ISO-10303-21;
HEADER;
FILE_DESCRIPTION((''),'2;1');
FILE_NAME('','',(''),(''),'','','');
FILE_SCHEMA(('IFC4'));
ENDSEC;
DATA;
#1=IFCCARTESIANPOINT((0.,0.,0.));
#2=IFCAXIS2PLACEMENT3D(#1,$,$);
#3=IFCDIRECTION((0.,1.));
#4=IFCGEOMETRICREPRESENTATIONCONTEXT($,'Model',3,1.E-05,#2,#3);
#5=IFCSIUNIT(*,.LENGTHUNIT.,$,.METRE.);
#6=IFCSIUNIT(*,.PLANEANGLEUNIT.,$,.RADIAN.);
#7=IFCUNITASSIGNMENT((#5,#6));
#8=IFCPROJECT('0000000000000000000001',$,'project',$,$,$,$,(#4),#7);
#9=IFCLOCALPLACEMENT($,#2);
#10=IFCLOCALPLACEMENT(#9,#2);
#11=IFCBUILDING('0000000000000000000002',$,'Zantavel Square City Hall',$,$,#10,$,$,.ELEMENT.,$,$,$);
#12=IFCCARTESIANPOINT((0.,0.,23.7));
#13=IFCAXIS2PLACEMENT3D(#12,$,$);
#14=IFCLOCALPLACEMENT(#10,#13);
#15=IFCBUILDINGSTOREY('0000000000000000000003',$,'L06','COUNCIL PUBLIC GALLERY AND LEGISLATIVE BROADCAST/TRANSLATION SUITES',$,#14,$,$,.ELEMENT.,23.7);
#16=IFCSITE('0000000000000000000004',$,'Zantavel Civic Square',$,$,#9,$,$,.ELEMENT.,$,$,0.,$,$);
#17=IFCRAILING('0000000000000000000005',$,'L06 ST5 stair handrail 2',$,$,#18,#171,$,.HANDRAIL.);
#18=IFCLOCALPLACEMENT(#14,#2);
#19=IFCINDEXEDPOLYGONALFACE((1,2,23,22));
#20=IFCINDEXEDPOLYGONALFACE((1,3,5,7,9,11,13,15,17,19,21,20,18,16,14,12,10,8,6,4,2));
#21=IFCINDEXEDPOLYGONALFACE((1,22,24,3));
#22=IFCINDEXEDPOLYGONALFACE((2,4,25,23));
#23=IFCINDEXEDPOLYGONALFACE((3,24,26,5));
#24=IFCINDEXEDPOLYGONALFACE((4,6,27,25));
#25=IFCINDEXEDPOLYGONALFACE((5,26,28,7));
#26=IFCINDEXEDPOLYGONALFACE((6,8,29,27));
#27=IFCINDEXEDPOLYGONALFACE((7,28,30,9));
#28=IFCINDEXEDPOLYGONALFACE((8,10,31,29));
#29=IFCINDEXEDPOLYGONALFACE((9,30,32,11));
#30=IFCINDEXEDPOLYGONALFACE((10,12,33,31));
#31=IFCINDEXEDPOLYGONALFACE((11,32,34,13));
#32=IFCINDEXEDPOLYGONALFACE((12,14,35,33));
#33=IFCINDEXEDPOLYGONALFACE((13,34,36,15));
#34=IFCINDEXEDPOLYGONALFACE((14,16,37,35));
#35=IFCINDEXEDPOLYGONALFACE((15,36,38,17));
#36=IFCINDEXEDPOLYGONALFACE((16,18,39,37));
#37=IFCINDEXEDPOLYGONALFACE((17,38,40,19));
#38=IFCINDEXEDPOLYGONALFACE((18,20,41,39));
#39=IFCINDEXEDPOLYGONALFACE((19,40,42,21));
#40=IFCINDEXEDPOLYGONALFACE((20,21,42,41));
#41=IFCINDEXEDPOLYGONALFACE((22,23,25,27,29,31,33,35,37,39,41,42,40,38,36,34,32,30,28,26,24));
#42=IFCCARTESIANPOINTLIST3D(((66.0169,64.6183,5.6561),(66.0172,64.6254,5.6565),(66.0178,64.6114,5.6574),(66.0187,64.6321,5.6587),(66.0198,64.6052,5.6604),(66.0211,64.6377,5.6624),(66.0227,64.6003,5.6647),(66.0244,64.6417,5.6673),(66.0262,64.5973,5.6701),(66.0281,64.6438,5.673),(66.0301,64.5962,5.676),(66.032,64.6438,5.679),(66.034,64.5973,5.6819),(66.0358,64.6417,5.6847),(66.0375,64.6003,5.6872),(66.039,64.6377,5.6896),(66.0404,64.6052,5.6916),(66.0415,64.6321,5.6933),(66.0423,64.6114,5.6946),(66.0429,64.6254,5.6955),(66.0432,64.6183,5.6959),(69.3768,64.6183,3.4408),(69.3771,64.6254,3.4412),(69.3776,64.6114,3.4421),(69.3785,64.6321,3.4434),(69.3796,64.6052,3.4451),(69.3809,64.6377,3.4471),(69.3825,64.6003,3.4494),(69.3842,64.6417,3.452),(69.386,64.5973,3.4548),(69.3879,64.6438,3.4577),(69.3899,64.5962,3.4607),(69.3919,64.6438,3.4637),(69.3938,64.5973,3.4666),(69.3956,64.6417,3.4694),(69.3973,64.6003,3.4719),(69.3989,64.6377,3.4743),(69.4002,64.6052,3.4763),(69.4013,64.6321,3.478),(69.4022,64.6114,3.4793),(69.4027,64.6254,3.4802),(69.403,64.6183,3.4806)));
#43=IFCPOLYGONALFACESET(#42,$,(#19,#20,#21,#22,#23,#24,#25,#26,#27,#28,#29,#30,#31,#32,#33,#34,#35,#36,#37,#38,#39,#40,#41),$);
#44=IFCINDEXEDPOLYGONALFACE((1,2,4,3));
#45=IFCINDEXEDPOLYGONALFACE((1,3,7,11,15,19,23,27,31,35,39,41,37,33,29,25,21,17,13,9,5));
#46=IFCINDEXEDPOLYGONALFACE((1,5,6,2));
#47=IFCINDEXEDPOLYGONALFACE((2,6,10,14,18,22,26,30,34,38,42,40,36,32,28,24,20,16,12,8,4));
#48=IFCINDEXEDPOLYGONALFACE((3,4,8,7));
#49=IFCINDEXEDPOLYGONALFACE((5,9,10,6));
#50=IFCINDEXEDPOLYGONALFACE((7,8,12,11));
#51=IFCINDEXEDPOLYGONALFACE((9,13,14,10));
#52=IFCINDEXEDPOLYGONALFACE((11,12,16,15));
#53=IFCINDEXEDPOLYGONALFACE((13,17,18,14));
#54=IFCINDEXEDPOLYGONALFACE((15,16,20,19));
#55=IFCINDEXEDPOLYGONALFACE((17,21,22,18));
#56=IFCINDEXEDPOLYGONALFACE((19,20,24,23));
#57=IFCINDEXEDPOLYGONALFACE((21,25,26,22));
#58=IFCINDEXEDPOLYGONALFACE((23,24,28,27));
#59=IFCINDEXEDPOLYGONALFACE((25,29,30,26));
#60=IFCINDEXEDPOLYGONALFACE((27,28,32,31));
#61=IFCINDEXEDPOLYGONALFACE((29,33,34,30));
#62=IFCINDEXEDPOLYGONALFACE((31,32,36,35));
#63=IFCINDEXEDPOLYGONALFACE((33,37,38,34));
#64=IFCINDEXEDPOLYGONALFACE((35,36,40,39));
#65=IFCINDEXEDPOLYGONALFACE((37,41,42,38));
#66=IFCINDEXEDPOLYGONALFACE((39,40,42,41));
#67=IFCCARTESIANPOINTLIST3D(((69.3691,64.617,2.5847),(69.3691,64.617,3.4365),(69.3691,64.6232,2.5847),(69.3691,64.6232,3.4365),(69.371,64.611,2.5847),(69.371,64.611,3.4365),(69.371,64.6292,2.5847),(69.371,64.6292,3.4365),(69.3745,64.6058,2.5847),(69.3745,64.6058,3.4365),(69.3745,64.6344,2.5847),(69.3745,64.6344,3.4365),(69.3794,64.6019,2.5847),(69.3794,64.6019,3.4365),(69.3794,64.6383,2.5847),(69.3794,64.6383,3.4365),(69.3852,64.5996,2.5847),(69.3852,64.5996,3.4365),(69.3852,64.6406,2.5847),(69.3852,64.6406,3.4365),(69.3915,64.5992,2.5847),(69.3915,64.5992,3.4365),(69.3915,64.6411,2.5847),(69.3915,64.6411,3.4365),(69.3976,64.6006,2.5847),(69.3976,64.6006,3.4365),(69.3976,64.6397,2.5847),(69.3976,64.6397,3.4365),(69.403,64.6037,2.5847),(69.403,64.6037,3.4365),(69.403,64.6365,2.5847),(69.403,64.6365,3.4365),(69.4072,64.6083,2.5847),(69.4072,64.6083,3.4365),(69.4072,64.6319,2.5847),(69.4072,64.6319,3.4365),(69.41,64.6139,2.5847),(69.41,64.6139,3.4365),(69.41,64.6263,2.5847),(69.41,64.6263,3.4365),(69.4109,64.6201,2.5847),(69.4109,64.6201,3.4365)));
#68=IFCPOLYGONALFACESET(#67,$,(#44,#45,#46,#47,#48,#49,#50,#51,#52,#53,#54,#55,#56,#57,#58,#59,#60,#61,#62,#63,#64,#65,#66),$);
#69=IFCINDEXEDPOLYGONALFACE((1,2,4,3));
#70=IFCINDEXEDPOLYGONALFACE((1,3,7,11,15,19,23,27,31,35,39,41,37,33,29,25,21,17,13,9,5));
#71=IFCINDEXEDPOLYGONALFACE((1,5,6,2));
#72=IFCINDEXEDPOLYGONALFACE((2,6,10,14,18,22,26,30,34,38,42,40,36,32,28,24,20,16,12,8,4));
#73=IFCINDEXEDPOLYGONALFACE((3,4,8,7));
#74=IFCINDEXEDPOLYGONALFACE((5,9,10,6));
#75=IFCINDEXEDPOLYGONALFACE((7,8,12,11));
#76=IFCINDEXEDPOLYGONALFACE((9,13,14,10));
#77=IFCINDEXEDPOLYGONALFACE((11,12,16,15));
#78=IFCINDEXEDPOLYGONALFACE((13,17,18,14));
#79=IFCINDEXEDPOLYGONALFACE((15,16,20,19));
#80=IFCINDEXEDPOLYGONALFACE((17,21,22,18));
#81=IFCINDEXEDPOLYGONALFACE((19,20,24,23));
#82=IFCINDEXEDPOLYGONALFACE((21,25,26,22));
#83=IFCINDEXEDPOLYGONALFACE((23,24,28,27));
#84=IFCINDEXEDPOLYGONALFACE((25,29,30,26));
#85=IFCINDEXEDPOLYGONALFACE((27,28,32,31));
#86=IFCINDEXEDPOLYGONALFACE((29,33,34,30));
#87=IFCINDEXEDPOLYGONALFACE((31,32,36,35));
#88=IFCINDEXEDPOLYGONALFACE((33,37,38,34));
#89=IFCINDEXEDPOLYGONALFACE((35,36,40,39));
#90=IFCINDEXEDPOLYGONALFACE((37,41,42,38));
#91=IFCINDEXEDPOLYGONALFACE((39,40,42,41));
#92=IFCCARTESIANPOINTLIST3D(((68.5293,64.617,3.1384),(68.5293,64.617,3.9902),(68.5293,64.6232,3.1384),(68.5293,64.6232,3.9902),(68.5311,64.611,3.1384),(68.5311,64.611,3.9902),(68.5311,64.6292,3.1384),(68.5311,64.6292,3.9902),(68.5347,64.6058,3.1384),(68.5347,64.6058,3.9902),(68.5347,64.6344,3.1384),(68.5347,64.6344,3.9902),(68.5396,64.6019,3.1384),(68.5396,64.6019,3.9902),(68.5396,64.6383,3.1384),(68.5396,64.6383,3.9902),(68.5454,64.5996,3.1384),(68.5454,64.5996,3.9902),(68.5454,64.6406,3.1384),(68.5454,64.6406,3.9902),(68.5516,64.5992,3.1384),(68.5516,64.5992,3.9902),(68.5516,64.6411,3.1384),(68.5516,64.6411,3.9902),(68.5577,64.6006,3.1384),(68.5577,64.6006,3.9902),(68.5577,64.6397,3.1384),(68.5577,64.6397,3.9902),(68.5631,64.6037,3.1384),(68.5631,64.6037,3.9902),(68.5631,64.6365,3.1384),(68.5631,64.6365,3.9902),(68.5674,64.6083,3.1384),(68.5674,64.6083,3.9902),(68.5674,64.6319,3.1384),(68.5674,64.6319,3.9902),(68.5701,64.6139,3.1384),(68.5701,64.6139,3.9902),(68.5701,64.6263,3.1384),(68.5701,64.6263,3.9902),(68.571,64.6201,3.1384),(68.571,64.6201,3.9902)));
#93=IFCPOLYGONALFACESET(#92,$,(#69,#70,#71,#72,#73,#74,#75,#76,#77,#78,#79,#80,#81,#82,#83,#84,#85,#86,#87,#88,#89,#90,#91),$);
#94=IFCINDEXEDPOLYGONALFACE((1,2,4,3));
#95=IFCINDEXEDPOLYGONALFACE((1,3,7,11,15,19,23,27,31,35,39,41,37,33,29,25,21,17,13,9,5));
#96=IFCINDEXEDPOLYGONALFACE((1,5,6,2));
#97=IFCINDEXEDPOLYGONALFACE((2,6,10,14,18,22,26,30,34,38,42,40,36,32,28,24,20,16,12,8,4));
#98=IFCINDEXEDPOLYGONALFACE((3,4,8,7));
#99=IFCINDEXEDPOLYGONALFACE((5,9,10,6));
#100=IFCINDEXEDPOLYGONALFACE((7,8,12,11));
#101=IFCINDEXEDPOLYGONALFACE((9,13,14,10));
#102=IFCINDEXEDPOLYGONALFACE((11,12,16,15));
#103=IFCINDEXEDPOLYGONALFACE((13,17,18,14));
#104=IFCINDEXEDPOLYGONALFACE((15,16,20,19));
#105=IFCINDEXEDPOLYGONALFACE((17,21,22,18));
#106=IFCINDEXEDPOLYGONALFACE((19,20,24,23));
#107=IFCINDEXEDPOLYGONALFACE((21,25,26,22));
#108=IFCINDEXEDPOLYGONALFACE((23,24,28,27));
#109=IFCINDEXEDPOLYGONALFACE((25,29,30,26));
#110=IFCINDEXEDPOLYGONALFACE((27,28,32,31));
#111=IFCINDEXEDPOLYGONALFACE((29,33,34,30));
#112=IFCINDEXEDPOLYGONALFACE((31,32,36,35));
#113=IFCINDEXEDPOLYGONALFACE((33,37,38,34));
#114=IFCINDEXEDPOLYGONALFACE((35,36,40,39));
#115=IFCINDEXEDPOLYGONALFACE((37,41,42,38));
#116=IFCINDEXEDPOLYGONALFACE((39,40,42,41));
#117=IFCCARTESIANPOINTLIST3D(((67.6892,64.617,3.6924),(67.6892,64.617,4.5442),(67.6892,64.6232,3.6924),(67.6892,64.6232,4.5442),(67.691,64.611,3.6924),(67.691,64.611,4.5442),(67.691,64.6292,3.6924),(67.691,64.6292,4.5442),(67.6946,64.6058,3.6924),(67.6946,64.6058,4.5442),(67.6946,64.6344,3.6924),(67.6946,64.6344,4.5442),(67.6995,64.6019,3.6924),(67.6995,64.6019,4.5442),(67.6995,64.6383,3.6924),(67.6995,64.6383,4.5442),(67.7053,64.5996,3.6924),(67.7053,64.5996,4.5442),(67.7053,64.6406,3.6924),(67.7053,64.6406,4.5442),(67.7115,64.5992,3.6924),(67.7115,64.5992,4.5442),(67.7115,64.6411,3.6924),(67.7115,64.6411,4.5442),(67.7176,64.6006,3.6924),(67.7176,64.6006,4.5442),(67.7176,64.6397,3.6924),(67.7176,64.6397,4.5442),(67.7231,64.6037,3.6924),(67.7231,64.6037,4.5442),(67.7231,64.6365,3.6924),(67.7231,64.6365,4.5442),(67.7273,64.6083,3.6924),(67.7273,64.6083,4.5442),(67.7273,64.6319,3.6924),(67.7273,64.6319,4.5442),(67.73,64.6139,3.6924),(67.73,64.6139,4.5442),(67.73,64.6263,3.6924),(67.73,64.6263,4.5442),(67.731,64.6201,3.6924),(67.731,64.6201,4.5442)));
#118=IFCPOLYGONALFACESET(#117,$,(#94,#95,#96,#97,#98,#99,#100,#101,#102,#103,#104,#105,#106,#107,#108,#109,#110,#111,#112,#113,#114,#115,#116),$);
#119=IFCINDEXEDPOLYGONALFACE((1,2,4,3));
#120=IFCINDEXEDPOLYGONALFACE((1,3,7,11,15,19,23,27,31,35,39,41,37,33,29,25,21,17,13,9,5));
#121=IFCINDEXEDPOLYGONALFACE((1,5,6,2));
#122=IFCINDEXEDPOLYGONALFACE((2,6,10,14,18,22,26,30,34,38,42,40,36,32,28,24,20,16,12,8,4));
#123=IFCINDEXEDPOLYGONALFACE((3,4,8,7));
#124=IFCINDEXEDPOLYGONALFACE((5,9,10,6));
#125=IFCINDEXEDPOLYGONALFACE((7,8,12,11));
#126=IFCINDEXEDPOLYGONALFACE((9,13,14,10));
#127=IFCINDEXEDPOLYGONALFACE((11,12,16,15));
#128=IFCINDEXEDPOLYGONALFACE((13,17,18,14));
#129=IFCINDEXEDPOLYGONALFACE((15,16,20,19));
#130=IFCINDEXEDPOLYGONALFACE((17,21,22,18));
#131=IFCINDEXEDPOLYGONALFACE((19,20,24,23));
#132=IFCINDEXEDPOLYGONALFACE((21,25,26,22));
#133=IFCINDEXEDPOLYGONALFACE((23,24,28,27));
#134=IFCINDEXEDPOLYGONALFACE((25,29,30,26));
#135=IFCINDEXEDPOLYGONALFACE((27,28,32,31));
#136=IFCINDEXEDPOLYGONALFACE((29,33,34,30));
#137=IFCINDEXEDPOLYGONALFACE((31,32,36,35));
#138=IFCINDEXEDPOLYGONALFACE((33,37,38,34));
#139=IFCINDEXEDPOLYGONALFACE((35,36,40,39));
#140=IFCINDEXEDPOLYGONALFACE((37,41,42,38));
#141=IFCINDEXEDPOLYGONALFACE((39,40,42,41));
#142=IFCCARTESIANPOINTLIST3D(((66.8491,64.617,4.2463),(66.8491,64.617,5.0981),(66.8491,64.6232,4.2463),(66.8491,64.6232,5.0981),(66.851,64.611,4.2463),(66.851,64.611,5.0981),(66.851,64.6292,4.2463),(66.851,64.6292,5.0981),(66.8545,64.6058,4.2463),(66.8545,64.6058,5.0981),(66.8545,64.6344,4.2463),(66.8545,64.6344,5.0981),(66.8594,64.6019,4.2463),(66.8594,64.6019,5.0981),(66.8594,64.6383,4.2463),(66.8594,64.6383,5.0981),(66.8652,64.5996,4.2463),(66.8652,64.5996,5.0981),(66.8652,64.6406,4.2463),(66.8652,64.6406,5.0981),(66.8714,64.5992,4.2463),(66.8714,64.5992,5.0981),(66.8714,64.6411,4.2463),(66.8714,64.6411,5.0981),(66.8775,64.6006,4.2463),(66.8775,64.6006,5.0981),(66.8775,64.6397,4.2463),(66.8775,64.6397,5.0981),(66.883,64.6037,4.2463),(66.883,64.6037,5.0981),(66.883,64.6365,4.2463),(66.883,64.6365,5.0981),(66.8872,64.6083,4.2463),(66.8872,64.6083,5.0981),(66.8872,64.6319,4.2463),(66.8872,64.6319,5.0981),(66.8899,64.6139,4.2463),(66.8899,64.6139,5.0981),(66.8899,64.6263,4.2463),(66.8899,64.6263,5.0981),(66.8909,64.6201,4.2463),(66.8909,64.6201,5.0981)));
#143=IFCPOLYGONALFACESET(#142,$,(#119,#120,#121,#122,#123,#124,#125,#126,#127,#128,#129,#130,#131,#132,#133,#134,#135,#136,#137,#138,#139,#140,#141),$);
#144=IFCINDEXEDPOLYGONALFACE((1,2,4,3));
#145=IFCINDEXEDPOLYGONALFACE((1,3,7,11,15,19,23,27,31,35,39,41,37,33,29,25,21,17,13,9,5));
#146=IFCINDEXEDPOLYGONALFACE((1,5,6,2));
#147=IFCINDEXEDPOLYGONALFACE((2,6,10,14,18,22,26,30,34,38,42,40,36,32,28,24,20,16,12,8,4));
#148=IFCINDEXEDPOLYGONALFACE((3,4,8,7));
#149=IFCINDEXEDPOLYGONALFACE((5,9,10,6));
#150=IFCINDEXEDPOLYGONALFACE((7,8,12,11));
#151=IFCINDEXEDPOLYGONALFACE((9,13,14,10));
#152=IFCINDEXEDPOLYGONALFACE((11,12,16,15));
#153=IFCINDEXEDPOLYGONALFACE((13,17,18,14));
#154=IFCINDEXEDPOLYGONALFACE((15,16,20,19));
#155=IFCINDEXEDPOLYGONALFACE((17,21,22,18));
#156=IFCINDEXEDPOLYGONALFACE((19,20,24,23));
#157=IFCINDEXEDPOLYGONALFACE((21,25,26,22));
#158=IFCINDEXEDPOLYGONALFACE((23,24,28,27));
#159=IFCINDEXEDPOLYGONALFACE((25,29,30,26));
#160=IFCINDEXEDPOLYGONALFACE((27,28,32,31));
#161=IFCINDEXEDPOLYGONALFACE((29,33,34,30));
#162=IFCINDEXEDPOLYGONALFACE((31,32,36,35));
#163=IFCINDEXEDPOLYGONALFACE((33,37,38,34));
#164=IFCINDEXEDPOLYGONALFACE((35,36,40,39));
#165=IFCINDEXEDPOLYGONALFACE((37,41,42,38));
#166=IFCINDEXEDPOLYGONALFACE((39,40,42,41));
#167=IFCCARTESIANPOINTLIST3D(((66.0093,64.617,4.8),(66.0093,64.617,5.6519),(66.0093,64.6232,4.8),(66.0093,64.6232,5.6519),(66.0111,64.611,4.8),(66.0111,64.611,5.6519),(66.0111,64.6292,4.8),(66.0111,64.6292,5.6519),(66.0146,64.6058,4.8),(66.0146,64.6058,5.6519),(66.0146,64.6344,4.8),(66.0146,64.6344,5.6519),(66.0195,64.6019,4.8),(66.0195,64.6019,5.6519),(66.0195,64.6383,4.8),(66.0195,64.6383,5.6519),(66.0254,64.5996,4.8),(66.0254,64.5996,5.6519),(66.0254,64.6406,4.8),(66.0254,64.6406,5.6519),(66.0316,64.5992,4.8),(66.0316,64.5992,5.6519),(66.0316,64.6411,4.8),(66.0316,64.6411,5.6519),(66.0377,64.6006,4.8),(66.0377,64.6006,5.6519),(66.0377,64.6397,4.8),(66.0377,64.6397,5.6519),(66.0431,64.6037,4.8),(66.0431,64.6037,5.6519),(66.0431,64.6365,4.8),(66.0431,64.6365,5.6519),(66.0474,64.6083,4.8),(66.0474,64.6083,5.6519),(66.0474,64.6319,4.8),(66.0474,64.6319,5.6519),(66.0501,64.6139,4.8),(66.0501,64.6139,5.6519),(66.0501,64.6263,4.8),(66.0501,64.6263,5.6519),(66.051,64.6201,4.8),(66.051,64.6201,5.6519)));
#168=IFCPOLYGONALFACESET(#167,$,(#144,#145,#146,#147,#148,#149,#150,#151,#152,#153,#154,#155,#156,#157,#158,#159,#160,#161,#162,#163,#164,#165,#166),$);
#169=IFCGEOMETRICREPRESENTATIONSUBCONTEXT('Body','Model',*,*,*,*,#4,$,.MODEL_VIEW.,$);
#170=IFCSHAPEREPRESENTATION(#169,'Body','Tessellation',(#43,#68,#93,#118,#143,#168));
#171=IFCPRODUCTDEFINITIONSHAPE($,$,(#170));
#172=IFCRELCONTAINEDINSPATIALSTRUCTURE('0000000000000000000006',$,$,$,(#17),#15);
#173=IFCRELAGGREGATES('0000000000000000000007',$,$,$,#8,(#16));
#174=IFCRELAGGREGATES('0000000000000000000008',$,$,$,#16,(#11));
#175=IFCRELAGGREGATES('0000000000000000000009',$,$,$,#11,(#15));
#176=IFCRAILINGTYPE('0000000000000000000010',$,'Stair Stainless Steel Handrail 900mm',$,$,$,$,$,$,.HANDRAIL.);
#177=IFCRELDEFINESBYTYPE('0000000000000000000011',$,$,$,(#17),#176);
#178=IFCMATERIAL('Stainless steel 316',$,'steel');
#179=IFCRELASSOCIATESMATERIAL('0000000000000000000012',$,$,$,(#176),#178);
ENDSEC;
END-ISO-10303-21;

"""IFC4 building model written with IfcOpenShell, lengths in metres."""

from ifc_helpers import new_model, si_unit, direction, frame, origin, origin_2d, place, context, subcontext, project, spatial, circle, extrude, material, type_object, element, save


model = new_model("IFC4")

# Units and contexts
model_context = context("Model", 3, precision=1e-05, world=origin(), true_north=direction((0.0, 1.0)))
body_context = subcontext(model_context, "Body", "Model", "MODEL_VIEW")
ifc_project = project(units=[si_unit("LENGTHUNIT", "METRE"), si_unit("PLANEANGLEUNIT", "RADIAN")], contexts=[model_context])

# Site, building, storey
site_placement = place(None, origin())
site = spatial("IfcSite", under=ifc_project, at=site_placement, Name="Zantavel Civic Square", CompositionType="ELEMENT", RefElevation=0.0)
building_placement = place(site_placement, origin())
building = spatial("IfcBuilding", under=site, at=building_placement, Name="Zantavel Square City Hall", CompositionType="ELEMENT")
storey_placement = place(building_placement, frame((0.0, 0.0, 23.7)))
storey = spatial("IfcBuildingStorey", under=building, at=storey_placement, Name="L06", Description="COUNCIL PUBLIC GALLERY AND LEGISLATIVE BROADCAST/TRANSLATION SUITES", CompositionType="ELEMENT", Elevation=23.7)

# Railing
ifc_material_1 = material(Name="Stainless steel 316", Category="steel")
railing_type_1 = type_object("IfcRailingType", Name="Stair Stainless Steel Handrail 900mm", PredefinedType="HANDRAIL", material=ifc_material_1)
railing_1_placement = place(storey_placement, frame((69.3899, 64.6201, 2.5847)))
element("IfcRailing", 1, at=railing_1_placement, inside=storey, type_object=railing_type_1, Name="L06 ST5 stair handrail 2", PredefinedType="HANDRAIL", context=body_context, shape_type="SweptSolid", body=[
    extrude(circle(Radius=0.0239, at=origin_2d()), frame((0.0, 0.0, 0.876), z_axis=(-0.834858, 0.0, 0.550465), x_axis=(0.0, -1.0, 0.0)), (0.0, 0.0, 1.0), 4.0244),
    extrude(circle(Radius=0.021, at=origin_2d()), origin(), (0.0, 0.0, 1.0), 0.8518),
    extrude(circle(Radius=0.021, at=origin_2d()), frame((-0.8398, 0.0, 0.5537)), (0.0, 0.0, 1.0), 0.8518),
    extrude(circle(Radius=0.021, at=origin_2d()), frame((-1.6799, 0.0, 1.1077)), (0.0, 0.0, 1.0), 0.8518),
    extrude(circle(Radius=0.021, at=origin_2d()), frame((-2.52, 0.0, 1.6616)), (0.0, 0.0, 1.0), 0.8518),
    extrude(circle(Radius=0.021, at=origin_2d()), frame((-3.3599, 0.0, 2.2153)), (0.0, 0.0, 1.0), 0.8518),
])

save(model, "model.ifc")
